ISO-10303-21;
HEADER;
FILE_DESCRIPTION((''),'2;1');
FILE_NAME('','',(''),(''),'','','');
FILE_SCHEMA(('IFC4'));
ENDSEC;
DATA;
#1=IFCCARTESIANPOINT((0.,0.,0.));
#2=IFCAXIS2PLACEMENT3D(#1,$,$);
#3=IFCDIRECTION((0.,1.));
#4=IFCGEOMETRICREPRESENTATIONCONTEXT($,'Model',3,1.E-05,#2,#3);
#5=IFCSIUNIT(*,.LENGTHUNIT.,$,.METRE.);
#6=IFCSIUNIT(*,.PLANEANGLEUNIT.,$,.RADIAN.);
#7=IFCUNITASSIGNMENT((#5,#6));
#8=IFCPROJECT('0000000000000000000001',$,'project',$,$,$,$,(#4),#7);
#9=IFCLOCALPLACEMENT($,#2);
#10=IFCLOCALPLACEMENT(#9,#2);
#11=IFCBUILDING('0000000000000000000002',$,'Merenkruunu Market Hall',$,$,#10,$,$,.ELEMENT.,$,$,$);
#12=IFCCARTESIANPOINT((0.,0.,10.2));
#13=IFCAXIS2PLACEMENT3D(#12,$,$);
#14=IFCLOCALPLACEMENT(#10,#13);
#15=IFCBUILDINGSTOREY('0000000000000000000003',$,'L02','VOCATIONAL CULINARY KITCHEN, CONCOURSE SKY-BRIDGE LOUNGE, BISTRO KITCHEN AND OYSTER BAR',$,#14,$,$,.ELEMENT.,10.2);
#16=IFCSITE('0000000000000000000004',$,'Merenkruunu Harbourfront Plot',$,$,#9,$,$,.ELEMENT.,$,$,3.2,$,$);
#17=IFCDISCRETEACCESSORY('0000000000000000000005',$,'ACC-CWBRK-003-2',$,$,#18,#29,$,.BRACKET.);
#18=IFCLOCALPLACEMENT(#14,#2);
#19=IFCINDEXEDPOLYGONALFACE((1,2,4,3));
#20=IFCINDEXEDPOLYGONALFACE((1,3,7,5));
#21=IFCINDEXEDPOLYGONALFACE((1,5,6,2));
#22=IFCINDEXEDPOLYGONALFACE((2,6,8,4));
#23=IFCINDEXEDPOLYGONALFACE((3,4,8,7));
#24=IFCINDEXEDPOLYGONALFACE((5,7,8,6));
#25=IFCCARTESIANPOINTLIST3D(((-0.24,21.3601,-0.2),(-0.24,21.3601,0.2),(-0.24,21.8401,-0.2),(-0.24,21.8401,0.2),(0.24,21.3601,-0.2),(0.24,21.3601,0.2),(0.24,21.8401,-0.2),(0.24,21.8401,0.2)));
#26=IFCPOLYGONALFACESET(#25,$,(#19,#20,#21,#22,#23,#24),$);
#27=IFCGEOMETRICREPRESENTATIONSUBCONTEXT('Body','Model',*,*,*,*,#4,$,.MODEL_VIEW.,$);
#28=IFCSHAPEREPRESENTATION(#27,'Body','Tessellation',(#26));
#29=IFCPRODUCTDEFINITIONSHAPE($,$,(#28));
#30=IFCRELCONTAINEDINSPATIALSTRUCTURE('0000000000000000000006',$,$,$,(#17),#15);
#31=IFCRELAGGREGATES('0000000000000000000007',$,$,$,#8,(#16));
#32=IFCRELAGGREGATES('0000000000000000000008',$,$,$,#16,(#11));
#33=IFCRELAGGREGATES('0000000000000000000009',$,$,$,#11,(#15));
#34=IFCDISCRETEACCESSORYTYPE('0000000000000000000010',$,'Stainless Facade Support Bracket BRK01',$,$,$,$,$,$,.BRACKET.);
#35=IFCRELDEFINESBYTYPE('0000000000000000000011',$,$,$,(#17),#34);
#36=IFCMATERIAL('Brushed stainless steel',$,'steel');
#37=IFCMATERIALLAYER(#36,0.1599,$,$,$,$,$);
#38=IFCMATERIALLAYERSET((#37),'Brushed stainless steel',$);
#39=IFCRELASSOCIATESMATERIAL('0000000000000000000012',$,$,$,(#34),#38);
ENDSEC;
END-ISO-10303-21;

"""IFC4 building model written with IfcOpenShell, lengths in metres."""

from ifc_helpers import new_model, si_unit, direction, frame, origin, origin_2d, place, context, subcontext, project, spatial, rectangle, extrude, material, layer, layer_set, type_object, element, save


model = new_model("IFC4")

# Units and contexts
model_context = context("Model", 3, precision=1e-05, world=origin(), true_north=direction((0.0, 1.0)))
body_context = subcontext(model_context, "Body", "Model", "MODEL_VIEW")
ifc_project = project(units=[si_unit("LENGTHUNIT", "METRE"), si_unit("PLANEANGLEUNIT", "RADIAN")], contexts=[model_context])

# Site, building, storey
site_placement = place(None, origin())
site = spatial("IfcSite", under=ifc_project, at=site_placement, Name="Merenkruunu Harbourfront Plot", CompositionType="ELEMENT", RefElevation=3.2)
building_placement = place(site_placement, origin())
building = spatial("IfcBuilding", under=site, at=building_placement, Name="Merenkruunu Market Hall", CompositionType="ELEMENT")
storey_placement = place(building_placement, frame((0.0, 0.0, 10.2)))
storey = spatial("IfcBuildingStorey", under=building, at=storey_placement, Name="L02", Description="VOCATIONAL CULINARY KITCHEN, CONCOURSE SKY-BRIDGE LOUNGE, BISTRO KITCHEN AND OYSTER BAR", CompositionType="ELEMENT", Elevation=10.2)

# Discrete accessory
ifc_material_1 = material(Name="Brushed stainless steel", Category="steel")
ifc_layer_1 = layer(ifc_material_1, 0.1599)
ifc_layer_set_1 = layer_set([ifc_layer_1], Name="Brushed stainless steel")
discrete_accessory_type = type_object("IfcDiscreteAccessoryType", Name="Stainless Facade Support Bracket BRK01", PredefinedType="BRACKET", material=ifc_layer_set_1)
for number, where, z_axis, x_axis, name in (
    (1, (0.0, 21.6001, -0.2), (0.0, 0.0, 1.0), (1.0, 0.0, 0.0), "ACC-CWBRK-003-2"),
):
    element("IfcDiscreteAccessory", number, at=place(storey_placement, frame(where, z_axis=z_axis, x_axis=x_axis)), inside=storey, type_object=discrete_accessory_type, Name=name, PredefinedType="BRACKET", context=body_context, shape_type="SweptSolid", body=[
        extrude(rectangle(XDim=0.48, YDim=0.48, at=origin_2d()), origin(), (0.0, 0.0, 1.0), 0.3999),
    ])

save(model, "model.ifc")
